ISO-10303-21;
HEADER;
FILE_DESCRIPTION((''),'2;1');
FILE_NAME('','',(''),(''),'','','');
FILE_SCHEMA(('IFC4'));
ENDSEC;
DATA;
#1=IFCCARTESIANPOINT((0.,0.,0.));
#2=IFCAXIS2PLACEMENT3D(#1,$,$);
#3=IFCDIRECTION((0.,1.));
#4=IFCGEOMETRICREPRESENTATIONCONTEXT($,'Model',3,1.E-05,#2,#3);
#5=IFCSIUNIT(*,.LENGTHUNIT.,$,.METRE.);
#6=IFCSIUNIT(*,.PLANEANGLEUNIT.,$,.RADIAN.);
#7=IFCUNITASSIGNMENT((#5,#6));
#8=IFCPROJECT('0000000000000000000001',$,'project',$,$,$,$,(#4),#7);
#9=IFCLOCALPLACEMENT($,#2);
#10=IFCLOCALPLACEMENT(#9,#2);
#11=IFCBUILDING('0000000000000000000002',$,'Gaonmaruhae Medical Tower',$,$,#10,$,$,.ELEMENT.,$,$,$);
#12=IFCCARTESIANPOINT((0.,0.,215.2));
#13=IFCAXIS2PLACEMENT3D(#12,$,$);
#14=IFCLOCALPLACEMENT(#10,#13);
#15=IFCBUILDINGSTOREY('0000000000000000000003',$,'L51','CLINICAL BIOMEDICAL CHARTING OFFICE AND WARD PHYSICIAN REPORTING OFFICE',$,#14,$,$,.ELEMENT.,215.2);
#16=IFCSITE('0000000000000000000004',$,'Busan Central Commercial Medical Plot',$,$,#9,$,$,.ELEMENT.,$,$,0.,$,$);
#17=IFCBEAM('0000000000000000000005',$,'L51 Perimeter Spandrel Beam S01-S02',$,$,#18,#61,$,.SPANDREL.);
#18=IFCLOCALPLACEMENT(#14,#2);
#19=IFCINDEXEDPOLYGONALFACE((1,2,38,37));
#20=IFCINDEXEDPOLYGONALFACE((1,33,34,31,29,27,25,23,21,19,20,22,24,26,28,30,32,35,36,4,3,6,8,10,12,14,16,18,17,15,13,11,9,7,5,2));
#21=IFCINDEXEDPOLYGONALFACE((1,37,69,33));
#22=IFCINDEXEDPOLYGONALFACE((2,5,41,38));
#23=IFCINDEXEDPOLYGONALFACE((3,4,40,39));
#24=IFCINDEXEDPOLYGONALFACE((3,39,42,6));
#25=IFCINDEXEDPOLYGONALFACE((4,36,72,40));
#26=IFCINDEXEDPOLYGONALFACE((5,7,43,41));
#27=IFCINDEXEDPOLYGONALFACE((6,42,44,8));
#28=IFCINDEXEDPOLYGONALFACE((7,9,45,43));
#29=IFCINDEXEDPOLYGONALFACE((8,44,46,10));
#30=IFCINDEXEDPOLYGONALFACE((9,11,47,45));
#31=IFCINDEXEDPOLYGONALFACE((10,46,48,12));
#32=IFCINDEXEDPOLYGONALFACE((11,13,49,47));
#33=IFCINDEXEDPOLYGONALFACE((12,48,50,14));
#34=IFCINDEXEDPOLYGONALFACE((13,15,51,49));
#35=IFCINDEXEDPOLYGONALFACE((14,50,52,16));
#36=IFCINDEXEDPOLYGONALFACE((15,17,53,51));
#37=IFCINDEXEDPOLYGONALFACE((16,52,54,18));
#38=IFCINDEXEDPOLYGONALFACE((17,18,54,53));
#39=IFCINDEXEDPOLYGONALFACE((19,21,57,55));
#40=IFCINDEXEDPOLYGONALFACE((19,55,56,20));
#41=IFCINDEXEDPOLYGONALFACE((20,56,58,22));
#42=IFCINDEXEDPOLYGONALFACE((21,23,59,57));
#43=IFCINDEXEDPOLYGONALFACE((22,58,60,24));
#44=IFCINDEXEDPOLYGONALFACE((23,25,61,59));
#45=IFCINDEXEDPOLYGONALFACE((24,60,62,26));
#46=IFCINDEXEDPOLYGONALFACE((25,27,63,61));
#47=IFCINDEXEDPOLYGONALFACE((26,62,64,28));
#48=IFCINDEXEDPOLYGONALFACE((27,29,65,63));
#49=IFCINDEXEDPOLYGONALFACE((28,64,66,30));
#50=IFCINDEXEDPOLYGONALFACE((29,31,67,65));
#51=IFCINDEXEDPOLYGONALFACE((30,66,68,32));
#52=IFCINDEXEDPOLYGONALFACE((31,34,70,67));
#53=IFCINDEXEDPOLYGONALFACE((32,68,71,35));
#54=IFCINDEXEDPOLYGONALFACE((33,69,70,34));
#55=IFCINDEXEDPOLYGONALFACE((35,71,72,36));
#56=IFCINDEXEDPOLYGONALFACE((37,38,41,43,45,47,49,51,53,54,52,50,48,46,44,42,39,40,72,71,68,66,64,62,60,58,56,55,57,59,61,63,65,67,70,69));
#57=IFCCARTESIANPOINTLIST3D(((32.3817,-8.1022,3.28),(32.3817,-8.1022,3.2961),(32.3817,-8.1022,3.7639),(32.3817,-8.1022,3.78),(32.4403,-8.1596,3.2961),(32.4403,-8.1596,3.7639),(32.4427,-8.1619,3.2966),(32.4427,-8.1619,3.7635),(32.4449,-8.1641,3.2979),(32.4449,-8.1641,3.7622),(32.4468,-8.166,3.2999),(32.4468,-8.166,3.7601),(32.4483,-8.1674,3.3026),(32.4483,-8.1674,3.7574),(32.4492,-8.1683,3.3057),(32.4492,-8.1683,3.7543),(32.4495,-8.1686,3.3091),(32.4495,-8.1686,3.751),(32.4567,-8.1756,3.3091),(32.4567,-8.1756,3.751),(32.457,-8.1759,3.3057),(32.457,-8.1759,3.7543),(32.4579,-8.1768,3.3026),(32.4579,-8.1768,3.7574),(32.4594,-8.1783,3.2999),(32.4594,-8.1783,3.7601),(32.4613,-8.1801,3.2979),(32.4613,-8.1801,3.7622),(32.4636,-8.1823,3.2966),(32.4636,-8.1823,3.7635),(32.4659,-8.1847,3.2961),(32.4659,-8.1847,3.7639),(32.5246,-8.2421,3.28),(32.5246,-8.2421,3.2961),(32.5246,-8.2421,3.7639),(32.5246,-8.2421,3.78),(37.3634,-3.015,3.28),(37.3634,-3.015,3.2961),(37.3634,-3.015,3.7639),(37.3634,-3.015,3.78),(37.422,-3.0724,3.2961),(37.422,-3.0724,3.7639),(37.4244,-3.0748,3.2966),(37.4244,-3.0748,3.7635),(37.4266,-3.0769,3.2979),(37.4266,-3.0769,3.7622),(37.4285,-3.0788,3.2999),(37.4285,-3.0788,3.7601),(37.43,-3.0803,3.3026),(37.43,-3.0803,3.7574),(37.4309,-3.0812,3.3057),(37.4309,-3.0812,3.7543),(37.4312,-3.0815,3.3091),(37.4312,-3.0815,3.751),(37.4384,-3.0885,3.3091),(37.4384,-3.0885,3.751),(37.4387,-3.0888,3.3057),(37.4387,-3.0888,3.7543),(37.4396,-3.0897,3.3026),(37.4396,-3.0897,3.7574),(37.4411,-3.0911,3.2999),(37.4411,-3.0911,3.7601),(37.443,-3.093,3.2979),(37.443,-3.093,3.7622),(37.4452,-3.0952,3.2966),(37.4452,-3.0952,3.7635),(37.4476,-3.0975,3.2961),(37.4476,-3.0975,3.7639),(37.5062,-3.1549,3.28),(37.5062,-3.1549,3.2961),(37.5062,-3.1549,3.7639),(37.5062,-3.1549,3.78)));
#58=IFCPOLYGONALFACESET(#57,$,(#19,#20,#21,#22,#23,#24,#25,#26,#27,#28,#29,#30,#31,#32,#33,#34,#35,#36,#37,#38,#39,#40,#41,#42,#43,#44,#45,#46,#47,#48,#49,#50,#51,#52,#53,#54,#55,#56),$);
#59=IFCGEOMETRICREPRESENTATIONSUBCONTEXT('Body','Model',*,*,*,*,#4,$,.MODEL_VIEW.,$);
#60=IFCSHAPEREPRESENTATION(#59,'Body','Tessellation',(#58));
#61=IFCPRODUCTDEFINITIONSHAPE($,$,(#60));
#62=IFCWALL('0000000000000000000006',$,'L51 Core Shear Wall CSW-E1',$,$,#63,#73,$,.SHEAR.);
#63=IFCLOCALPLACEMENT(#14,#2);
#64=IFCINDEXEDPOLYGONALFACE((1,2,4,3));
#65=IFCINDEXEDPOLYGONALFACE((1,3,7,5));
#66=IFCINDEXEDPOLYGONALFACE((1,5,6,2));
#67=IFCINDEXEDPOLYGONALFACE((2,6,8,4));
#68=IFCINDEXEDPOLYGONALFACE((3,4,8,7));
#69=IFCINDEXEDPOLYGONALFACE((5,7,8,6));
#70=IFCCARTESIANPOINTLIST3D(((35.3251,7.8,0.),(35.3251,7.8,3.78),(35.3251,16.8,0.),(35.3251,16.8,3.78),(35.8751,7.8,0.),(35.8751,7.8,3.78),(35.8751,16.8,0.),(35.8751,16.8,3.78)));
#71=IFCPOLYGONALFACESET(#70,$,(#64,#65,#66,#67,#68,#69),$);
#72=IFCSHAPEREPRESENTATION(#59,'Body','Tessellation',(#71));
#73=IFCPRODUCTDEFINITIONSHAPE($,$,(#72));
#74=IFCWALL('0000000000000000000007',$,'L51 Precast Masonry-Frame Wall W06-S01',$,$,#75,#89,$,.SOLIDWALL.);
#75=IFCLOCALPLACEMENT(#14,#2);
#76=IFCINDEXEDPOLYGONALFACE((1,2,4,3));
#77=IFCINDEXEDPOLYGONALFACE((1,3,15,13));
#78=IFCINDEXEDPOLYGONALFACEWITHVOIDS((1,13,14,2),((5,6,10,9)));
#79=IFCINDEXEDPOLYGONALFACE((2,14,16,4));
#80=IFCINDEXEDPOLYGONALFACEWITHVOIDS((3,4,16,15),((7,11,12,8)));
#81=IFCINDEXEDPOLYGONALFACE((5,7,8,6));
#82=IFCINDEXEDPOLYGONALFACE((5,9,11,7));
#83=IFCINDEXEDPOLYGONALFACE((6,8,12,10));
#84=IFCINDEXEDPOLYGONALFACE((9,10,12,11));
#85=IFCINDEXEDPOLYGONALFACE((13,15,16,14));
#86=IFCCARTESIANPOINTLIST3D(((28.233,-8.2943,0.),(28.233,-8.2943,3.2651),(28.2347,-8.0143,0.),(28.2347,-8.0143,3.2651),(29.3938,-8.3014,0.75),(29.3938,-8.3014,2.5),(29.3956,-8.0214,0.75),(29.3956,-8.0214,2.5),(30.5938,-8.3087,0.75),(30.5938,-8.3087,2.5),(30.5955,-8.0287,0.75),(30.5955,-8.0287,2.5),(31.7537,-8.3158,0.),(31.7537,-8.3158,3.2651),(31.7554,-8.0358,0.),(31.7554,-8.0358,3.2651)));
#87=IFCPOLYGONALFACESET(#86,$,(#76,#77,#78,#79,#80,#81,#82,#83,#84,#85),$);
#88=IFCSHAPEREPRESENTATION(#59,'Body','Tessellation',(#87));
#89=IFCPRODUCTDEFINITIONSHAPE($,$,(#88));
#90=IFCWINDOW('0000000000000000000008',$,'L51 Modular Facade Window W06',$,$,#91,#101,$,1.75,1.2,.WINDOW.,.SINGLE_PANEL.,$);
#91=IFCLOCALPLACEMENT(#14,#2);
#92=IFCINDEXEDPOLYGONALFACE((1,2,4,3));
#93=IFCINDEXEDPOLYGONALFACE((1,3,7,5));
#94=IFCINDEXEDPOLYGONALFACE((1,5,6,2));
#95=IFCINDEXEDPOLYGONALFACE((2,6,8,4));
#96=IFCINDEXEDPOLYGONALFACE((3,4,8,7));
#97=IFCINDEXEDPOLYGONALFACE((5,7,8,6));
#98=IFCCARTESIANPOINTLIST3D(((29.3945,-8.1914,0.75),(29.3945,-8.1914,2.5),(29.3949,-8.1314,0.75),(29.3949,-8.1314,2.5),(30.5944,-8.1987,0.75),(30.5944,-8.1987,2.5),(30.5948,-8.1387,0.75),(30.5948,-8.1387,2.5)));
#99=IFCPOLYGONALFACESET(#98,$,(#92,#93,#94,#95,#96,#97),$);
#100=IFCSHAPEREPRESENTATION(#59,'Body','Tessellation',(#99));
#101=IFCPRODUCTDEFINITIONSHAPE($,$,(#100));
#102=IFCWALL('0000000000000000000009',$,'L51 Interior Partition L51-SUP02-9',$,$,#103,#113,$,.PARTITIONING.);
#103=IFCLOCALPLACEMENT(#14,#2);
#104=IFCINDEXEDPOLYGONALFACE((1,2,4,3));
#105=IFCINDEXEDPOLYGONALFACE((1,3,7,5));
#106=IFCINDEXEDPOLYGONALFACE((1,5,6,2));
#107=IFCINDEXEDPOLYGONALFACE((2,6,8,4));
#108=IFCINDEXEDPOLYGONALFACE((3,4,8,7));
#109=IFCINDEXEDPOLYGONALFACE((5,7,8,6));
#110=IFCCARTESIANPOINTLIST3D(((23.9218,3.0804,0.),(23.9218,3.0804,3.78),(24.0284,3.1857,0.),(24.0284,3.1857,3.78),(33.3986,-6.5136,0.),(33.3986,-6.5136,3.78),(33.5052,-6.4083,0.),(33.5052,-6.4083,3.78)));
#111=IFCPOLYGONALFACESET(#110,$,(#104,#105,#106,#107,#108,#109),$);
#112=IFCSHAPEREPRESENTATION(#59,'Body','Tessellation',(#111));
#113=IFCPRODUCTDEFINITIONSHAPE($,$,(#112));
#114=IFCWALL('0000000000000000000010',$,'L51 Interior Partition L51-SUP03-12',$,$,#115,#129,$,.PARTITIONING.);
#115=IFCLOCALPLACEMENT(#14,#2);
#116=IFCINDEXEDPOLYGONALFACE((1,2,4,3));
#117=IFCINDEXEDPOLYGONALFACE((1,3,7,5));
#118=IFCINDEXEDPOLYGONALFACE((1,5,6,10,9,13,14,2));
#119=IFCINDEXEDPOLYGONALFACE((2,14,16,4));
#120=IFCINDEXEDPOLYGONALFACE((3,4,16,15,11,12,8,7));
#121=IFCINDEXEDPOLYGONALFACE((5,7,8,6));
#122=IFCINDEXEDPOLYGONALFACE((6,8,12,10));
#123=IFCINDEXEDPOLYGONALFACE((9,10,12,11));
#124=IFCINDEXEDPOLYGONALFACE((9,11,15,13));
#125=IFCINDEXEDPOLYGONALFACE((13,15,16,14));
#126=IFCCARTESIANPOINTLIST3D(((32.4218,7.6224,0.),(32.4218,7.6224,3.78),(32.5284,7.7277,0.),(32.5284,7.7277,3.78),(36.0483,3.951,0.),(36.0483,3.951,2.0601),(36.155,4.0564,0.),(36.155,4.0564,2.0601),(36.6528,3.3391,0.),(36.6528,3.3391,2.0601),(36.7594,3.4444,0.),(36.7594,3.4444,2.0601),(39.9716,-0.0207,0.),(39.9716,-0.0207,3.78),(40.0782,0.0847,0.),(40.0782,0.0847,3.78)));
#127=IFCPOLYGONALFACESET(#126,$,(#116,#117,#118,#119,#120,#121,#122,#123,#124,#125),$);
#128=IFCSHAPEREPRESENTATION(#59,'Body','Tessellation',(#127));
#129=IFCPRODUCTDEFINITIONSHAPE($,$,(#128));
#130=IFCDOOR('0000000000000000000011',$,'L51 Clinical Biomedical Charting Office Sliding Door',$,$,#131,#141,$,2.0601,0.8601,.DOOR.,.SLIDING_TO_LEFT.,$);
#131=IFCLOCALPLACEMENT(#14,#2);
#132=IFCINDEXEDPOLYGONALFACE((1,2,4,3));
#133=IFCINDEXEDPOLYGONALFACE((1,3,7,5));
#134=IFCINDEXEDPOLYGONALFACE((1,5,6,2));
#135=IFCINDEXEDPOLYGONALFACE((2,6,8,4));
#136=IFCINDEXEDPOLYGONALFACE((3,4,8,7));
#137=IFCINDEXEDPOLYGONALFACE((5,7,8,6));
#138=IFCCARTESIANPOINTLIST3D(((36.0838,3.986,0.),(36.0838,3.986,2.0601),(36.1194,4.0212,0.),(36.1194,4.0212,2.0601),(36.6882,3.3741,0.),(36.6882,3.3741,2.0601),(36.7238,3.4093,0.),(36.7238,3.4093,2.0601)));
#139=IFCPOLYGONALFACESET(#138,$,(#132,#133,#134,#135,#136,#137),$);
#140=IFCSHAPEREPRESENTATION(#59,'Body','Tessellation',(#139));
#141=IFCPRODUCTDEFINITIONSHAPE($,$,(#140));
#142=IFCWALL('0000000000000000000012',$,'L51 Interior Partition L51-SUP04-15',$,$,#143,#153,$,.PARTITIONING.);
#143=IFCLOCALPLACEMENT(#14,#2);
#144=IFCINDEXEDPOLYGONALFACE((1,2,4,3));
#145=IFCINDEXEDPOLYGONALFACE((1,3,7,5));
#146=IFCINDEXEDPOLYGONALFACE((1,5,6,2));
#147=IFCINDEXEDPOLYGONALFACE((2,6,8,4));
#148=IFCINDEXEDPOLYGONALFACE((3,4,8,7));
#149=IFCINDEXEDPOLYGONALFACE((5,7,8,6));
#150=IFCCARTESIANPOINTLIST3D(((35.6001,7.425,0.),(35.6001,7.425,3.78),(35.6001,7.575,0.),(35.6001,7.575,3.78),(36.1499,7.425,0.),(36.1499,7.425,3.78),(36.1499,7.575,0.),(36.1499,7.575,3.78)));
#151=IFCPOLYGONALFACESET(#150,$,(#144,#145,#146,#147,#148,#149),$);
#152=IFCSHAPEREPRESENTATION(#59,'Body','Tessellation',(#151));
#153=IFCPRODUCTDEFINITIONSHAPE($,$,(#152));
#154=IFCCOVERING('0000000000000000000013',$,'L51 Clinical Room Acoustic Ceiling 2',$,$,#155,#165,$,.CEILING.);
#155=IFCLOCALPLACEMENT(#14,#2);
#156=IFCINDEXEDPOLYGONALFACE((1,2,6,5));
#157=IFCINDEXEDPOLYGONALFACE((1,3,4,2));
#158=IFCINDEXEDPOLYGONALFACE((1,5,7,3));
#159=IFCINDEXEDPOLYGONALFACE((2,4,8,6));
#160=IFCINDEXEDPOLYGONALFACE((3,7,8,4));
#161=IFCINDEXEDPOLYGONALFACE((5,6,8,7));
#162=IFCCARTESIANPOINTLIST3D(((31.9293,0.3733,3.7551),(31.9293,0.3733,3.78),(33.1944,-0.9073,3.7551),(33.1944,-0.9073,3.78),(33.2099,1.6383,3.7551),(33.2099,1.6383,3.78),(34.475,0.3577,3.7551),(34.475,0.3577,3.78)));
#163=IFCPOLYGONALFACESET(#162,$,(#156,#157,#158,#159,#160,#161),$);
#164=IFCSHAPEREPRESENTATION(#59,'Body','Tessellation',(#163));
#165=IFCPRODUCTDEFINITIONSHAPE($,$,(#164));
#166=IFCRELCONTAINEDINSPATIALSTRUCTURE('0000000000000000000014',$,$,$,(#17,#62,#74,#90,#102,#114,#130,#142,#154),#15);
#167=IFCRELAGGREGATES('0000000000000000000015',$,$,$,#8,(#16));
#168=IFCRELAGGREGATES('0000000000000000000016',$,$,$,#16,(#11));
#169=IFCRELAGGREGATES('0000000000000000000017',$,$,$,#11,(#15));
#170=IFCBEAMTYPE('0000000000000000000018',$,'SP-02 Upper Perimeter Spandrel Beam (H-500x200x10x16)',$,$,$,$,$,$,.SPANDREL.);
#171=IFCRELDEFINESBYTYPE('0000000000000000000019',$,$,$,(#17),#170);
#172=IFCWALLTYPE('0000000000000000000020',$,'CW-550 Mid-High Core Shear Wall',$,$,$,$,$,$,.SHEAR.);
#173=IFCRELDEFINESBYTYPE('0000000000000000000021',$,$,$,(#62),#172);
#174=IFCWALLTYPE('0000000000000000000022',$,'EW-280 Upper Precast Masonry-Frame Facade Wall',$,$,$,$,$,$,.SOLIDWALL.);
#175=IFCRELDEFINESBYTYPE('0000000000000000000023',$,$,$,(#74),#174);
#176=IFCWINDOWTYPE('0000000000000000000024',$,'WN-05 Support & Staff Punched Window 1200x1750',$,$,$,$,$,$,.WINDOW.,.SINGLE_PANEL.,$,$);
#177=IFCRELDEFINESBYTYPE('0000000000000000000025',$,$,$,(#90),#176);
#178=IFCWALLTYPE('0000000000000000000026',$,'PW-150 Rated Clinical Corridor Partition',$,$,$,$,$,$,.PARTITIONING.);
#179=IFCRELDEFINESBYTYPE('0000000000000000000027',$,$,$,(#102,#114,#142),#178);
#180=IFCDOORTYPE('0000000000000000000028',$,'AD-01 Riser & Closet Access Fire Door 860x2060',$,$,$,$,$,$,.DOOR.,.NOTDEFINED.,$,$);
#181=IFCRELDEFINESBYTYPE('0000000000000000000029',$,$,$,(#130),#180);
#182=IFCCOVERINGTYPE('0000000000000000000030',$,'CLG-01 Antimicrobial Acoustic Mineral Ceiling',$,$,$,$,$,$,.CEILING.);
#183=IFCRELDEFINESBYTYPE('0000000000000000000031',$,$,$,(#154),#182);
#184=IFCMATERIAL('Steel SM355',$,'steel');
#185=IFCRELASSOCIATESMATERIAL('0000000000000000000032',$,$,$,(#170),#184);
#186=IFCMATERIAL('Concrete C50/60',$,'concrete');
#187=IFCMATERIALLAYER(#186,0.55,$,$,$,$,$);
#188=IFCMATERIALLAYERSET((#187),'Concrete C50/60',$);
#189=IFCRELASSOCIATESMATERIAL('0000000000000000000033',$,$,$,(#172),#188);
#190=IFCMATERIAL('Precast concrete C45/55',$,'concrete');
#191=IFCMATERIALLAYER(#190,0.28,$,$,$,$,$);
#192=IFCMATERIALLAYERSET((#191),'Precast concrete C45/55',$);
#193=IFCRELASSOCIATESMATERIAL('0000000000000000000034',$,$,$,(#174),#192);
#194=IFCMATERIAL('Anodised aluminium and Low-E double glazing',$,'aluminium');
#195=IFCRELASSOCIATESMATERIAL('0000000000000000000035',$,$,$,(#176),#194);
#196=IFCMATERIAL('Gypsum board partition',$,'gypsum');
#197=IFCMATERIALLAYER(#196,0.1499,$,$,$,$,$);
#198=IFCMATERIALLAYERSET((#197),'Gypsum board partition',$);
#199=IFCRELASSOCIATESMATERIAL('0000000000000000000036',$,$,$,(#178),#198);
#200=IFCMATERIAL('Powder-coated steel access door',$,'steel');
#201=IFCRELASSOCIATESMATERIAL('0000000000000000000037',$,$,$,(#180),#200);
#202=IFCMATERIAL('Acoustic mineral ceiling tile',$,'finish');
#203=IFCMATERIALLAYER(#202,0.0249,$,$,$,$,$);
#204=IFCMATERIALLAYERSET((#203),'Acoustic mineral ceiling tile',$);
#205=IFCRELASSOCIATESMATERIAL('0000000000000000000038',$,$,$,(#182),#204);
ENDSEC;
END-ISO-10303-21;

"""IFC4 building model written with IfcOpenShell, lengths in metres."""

from ifc_helpers import new_model, si_unit, direction, frame, frame_2d, origin, origin_2d, place, context, subcontext, project, spatial, rectangle, i_section, extrude, material, layer, layer_set, material_profile, profile_set, type_object, element, fill, save


model = new_model("IFC4")

# Units and contexts
model_context = context("Model", 3, precision=1e-05, world=origin(), true_north=direction((0.0, 1.0)))
body_context = subcontext(model_context, "Body", "Model", "MODEL_VIEW")
ifc_project = project(units=[si_unit("LENGTHUNIT", "METRE"), si_unit("PLANEANGLEUNIT", "RADIAN")], contexts=[model_context])

# Site, building, storey
site_placement = place(None, origin())
site = spatial("IfcSite", under=ifc_project, at=site_placement, Name="Busan Central Commercial Medical Plot", CompositionType="ELEMENT", RefElevation=0.0)
building_placement = place(site_placement, origin())
building = spatial("IfcBuilding", under=site, at=building_placement, Name="Gaonmaruhae Medical Tower", CompositionType="ELEMENT")
storey_placement = place(building_placement, frame((0.0, 0.0, 215.2)))
storey = spatial("IfcBuildingStorey", under=building, at=storey_placement, Name="L51", Description="CLINICAL BIOMEDICAL CHARTING OFFICE AND WARD PHYSICIAN REPORTING OFFICE", CompositionType="ELEMENT", Elevation=215.2)

# Shared definitions
ifc_material_1 = material(Name="Concrete C50/60", Category="concrete")

# Beam
ifc_material_2 = material(Name="Steel SM355", Category="steel")
ifc_material_profile_1 = material_profile(ifc_material_2, i_section(OverallWidth=0.2, OverallDepth=0.5, WebThickness=0.01, FlangeThickness=0.0161, FilletRadius=0.0129, at=origin_2d()), Name="H-500x200x10x16")
ifc_profile_set_1 = profile_set([ifc_material_profile_1], Name="Steel SM355")
beam_type_1 = type_object("IfcBeamType", Name="SP-02 Upper Perimeter Spandrel Beam (H-500x200x10x16)", PredefinedType="SPANDREL", material=ifc_profile_set_1)
beam_1_placement = place(storey_placement, frame((32.4531, -8.1721, 3.53), z_axis=(0.699662, 0.714474, 0.0), x_axis=(-0.714474, 0.699662, 0.0)))
element("IfcBeam", 1, at=beam_1_placement, inside=storey, type_object=beam_type_1, Name="L51 Perimeter Spandrel Beam S01-S02", PredefinedType="SPANDREL", context=body_context, shape_type="SweptSolid", body=[
    extrude(i_section(OverallWidth=0.2, OverallDepth=0.5, WebThickness=0.01, FlangeThickness=0.0161, FilletRadius=0.0129, at=origin_2d()), origin(), (0.0, 0.0, 1.0), 7.1201),
])

# Wall
ifc_layer_1 = layer(ifc_material_1, 0.55)
ifc_layer_set_1 = layer_set([ifc_layer_1], Name="Concrete C50/60")
wall_type_1 = type_object("IfcWallType", Name="CW-550 Mid-High Core Shear Wall", PredefinedType="SHEAR", material=ifc_layer_set_1)
wall_1_placement = place(storey_placement, frame((35.6001, 7.8, 0.0), z_axis=(0.0, 0.0, 1.0), x_axis=(0.0, 1.0, 0.0)))
element("IfcWall", 2, at=wall_1_placement, inside=storey, type_object=wall_type_1, Name="L51 Core Shear Wall CSW-E1", PredefinedType="SHEAR", context=body_context, shape_type="SweptSolid", body=[
    extrude(rectangle(XDim=9.0, YDim=0.55, at=frame_2d((4.5, 0.0))), origin(), (0.0, 0.0, 1.0), 3.78),
])

# Wall, opening, window
ifc_material_3 = material(Name="Precast concrete C45/55", Category="concrete")
ifc_layer_2 = layer(ifc_material_3, 0.28)
ifc_layer_set_2 = layer_set([ifc_layer_2], Name="Precast concrete C45/55")
wall_type_2 = type_object("IfcWallType", Name="EW-280 Upper Precast Masonry-Frame Facade Wall", PredefinedType="SOLIDWALL", material=ifc_layer_set_2)
wall_2_placement = place(storey_placement, frame((31.7544, -8.1758, 0.0), z_axis=(0.0, 0.0, 1.0), x_axis=(-0.999981, 0.006102, 0.0)))
wall_2 = element("IfcWall", 3, at=wall_2_placement, inside=storey, type_object=wall_type_2, Name="L51 Precast Masonry-Frame Wall W06-S01", PredefinedType="SOLIDWALL", context=body_context, shape_type="SweptSolid", body=[
    extrude(rectangle(XDim=3.5208, YDim=0.28, at=frame_2d((1.7603, 0.0))), origin(), (0.0, 0.0, 1.0), 3.2651),
])
opening_1_placement = place(wall_2_placement, frame((1.1597, 0.0, 0.75)))
opening_1 = element("IfcOpeningElement", 4, at=opening_1_placement, cuts=wall_2, PredefinedType="OPENING", context=body_context, shape_type="SweptSolid", body=[
    extrude(rectangle(XDim=1.2, YDim=1.75, at=frame_2d((0.6001, 0.875))), frame((0.0, 0.1499, 0.0), z_axis=(0.0, -1.0, 0.0), x_axis=(1.0, 0.0, 0.0)), (0.0, 0.0, 1.0), 0.3),
])
ifc_material_4 = material(Name="Anodised aluminium and Low-E double glazing", Category="aluminium")
window_type = type_object("IfcWindowType", Name="WN-05 Support & Staff Punched Window 1200x1750", PartitioningType="SINGLE_PANEL", PredefinedType="WINDOW", material=ifc_material_4)
window_placement = place(opening_1_placement, origin())
window = element("IfcWindow", 5, at=window_placement, inside=storey, type_object=window_type, Name="L51 Modular Facade Window W06", OverallHeight=1.75, OverallWidth=1.2, PartitioningType="SINGLE_PANEL", PredefinedType="WINDOW", context=body_context, shape_type="SweptSolid", body=[
    extrude(rectangle(XDim=1.2, YDim=1.75, at=frame_2d((0.6001, 0.875))), frame((0.0, 0.03, 0.0), z_axis=(0.0, -1.0, 0.0), x_axis=(1.0, 0.0, 0.0)), (0.0, 0.0, 1.0), 0.0601),
])
fill(opening_1, window)

# Wall
ifc_material_5 = material(Name="Gypsum board partition", Category="gypsum")
ifc_layer_3 = layer(ifc_material_5, 0.1499)
ifc_layer_set_3 = layer_set([ifc_layer_3], Name="Gypsum board partition")
wall_type_3 = type_object("IfcWallType", Name="PW-150 Rated Clinical Corridor Partition", PredefinedType="PARTITIONING", material=ifc_layer_set_3)
wall_3_placement = place(storey_placement, frame((33.4519, -6.4609, 0.0), z_axis=(0.0, 0.0, 1.0), x_axis=(-0.702748, 0.711438, 0.0)))
element("IfcWall", 6, at=wall_3_placement, inside=storey, type_object=wall_type_3, Name="L51 Interior Partition L51-SUP02-9", PredefinedType="PARTITIONING", context=body_context, shape_type="SweptSolid", body=[
    extrude(rectangle(XDim=13.4854, YDim=0.1499, at=frame_2d((6.7427, 0.0))), origin(), (0.0, 0.0, 1.0), 3.78),
])

# Wall, opening, door
wall_4_placement = place(storey_placement, frame((32.4751, 7.675, 0.0), z_axis=(0.0, 0.0, 1.0), x_axis=(0.702753, -0.711434, 0.0)))
wall_4 = element("IfcWall", 7, at=wall_4_placement, inside=storey, type_object=wall_type_3, Name="L51 Interior Partition L51-SUP03-12", PredefinedType="PARTITIONING", context=body_context, shape_type="SweptSolid", body=[
    extrude(rectangle(XDim=10.7432, YDim=0.1499, at=frame_2d((5.3716, 0.0))), origin(), (0.0, 0.0, 1.0), 3.78),
])
opening_2_placement = place(wall_4_placement, frame((5.1604, 0.0, 0.0)))
opening_2 = element("IfcOpeningElement", 8, at=opening_2_placement, cuts=wall_4, PredefinedType="OPENING", context=body_context, shape_type="SweptSolid", body=[
    extrude(rectangle(XDim=0.8601, YDim=2.0601, at=frame_2d((0.4302, 1.03))), frame((0.0, 0.085, 0.0), z_axis=(0.0, -1.0, 0.0), x_axis=(1.0, 0.0, 0.0)), (0.0, 0.0, 1.0), 0.1699),
])
ifc_material_6 = material(Name="Powder-coated steel access door", Category="steel")
door_type = type_object("IfcDoorType", Name="AD-01 Riser & Closet Access Fire Door 860x2060", OperationType="NOTDEFINED", PredefinedType="DOOR", material=ifc_material_6)
door_placement = place(opening_2_placement, origin())
door = element("IfcDoor", 9, at=door_placement, inside=storey, type_object=door_type, Name="L51 Clinical Biomedical Charting Office Sliding Door", OperationType="SLIDING_TO_LEFT", OverallHeight=2.0601, OverallWidth=0.8601, PredefinedType="DOOR", context=body_context, shape_type="SweptSolid", body=[
    extrude(rectangle(XDim=0.8601, YDim=2.0601, at=frame_2d((0.4302, 1.03))), frame((0.0, 0.0249, 0.0), z_axis=(0.0, -1.0, 0.0), x_axis=(1.0, 0.0, 0.0)), (0.0, 0.0, 1.0), 0.05),
])
fill(opening_2, door)

# Wall
wall_5_placement = place(storey_placement, frame((35.6001, 7.5, 0.0), z_axis=(0.0, 0.0, 1.0), x_axis=(1.0, 0.0, 0.0)))
element("IfcWall", 10, at=wall_5_placement, inside=storey, type_object=wall_type_3, Name="L51 Interior Partition L51-SUP04-15", PredefinedType="PARTITIONING", context=body_context, shape_type="SweptSolid", body=[
    extrude(rectangle(XDim=0.5498, YDim=0.1499, at=frame_2d((0.2749, 0.0))), origin(), (0.0, 0.0, 1.0), 3.78),
])

# Covering
ifc_material_7 = material(Name="Acoustic mineral ceiling tile", Category="finish")
ifc_layer_4 = layer(ifc_material_7, 0.0249)
ifc_layer_set_4 = layer_set([ifc_layer_4], Name="Acoustic mineral ceiling tile")
covering_type_1 = type_object("IfcCoveringType", Name="CLG-01 Antimicrobial Acoustic Mineral Ceiling", PredefinedType="CEILING", material=ifc_layer_set_4)
covering_1_placement = place(storey_placement, frame((33.2021, 0.3655, 3.7551), z_axis=(0.0, 0.0, 1.0), x_axis=(0.711413, 0.702774, 0.0)))
element("IfcCovering", 11, at=covering_1_placement, inside=storey, type_object=covering_type_1, Name="L51 Clinical Room Acoustic Ceiling 2", PredefinedType="CEILING", context=body_context, shape_type="SweptSolid", body=[
    extrude(rectangle(XDim=1.8, YDim=1.8, at=origin_2d()), origin(), (0.0, 0.0, 1.0), 0.0249),
])

save(model, "model.ifc")
